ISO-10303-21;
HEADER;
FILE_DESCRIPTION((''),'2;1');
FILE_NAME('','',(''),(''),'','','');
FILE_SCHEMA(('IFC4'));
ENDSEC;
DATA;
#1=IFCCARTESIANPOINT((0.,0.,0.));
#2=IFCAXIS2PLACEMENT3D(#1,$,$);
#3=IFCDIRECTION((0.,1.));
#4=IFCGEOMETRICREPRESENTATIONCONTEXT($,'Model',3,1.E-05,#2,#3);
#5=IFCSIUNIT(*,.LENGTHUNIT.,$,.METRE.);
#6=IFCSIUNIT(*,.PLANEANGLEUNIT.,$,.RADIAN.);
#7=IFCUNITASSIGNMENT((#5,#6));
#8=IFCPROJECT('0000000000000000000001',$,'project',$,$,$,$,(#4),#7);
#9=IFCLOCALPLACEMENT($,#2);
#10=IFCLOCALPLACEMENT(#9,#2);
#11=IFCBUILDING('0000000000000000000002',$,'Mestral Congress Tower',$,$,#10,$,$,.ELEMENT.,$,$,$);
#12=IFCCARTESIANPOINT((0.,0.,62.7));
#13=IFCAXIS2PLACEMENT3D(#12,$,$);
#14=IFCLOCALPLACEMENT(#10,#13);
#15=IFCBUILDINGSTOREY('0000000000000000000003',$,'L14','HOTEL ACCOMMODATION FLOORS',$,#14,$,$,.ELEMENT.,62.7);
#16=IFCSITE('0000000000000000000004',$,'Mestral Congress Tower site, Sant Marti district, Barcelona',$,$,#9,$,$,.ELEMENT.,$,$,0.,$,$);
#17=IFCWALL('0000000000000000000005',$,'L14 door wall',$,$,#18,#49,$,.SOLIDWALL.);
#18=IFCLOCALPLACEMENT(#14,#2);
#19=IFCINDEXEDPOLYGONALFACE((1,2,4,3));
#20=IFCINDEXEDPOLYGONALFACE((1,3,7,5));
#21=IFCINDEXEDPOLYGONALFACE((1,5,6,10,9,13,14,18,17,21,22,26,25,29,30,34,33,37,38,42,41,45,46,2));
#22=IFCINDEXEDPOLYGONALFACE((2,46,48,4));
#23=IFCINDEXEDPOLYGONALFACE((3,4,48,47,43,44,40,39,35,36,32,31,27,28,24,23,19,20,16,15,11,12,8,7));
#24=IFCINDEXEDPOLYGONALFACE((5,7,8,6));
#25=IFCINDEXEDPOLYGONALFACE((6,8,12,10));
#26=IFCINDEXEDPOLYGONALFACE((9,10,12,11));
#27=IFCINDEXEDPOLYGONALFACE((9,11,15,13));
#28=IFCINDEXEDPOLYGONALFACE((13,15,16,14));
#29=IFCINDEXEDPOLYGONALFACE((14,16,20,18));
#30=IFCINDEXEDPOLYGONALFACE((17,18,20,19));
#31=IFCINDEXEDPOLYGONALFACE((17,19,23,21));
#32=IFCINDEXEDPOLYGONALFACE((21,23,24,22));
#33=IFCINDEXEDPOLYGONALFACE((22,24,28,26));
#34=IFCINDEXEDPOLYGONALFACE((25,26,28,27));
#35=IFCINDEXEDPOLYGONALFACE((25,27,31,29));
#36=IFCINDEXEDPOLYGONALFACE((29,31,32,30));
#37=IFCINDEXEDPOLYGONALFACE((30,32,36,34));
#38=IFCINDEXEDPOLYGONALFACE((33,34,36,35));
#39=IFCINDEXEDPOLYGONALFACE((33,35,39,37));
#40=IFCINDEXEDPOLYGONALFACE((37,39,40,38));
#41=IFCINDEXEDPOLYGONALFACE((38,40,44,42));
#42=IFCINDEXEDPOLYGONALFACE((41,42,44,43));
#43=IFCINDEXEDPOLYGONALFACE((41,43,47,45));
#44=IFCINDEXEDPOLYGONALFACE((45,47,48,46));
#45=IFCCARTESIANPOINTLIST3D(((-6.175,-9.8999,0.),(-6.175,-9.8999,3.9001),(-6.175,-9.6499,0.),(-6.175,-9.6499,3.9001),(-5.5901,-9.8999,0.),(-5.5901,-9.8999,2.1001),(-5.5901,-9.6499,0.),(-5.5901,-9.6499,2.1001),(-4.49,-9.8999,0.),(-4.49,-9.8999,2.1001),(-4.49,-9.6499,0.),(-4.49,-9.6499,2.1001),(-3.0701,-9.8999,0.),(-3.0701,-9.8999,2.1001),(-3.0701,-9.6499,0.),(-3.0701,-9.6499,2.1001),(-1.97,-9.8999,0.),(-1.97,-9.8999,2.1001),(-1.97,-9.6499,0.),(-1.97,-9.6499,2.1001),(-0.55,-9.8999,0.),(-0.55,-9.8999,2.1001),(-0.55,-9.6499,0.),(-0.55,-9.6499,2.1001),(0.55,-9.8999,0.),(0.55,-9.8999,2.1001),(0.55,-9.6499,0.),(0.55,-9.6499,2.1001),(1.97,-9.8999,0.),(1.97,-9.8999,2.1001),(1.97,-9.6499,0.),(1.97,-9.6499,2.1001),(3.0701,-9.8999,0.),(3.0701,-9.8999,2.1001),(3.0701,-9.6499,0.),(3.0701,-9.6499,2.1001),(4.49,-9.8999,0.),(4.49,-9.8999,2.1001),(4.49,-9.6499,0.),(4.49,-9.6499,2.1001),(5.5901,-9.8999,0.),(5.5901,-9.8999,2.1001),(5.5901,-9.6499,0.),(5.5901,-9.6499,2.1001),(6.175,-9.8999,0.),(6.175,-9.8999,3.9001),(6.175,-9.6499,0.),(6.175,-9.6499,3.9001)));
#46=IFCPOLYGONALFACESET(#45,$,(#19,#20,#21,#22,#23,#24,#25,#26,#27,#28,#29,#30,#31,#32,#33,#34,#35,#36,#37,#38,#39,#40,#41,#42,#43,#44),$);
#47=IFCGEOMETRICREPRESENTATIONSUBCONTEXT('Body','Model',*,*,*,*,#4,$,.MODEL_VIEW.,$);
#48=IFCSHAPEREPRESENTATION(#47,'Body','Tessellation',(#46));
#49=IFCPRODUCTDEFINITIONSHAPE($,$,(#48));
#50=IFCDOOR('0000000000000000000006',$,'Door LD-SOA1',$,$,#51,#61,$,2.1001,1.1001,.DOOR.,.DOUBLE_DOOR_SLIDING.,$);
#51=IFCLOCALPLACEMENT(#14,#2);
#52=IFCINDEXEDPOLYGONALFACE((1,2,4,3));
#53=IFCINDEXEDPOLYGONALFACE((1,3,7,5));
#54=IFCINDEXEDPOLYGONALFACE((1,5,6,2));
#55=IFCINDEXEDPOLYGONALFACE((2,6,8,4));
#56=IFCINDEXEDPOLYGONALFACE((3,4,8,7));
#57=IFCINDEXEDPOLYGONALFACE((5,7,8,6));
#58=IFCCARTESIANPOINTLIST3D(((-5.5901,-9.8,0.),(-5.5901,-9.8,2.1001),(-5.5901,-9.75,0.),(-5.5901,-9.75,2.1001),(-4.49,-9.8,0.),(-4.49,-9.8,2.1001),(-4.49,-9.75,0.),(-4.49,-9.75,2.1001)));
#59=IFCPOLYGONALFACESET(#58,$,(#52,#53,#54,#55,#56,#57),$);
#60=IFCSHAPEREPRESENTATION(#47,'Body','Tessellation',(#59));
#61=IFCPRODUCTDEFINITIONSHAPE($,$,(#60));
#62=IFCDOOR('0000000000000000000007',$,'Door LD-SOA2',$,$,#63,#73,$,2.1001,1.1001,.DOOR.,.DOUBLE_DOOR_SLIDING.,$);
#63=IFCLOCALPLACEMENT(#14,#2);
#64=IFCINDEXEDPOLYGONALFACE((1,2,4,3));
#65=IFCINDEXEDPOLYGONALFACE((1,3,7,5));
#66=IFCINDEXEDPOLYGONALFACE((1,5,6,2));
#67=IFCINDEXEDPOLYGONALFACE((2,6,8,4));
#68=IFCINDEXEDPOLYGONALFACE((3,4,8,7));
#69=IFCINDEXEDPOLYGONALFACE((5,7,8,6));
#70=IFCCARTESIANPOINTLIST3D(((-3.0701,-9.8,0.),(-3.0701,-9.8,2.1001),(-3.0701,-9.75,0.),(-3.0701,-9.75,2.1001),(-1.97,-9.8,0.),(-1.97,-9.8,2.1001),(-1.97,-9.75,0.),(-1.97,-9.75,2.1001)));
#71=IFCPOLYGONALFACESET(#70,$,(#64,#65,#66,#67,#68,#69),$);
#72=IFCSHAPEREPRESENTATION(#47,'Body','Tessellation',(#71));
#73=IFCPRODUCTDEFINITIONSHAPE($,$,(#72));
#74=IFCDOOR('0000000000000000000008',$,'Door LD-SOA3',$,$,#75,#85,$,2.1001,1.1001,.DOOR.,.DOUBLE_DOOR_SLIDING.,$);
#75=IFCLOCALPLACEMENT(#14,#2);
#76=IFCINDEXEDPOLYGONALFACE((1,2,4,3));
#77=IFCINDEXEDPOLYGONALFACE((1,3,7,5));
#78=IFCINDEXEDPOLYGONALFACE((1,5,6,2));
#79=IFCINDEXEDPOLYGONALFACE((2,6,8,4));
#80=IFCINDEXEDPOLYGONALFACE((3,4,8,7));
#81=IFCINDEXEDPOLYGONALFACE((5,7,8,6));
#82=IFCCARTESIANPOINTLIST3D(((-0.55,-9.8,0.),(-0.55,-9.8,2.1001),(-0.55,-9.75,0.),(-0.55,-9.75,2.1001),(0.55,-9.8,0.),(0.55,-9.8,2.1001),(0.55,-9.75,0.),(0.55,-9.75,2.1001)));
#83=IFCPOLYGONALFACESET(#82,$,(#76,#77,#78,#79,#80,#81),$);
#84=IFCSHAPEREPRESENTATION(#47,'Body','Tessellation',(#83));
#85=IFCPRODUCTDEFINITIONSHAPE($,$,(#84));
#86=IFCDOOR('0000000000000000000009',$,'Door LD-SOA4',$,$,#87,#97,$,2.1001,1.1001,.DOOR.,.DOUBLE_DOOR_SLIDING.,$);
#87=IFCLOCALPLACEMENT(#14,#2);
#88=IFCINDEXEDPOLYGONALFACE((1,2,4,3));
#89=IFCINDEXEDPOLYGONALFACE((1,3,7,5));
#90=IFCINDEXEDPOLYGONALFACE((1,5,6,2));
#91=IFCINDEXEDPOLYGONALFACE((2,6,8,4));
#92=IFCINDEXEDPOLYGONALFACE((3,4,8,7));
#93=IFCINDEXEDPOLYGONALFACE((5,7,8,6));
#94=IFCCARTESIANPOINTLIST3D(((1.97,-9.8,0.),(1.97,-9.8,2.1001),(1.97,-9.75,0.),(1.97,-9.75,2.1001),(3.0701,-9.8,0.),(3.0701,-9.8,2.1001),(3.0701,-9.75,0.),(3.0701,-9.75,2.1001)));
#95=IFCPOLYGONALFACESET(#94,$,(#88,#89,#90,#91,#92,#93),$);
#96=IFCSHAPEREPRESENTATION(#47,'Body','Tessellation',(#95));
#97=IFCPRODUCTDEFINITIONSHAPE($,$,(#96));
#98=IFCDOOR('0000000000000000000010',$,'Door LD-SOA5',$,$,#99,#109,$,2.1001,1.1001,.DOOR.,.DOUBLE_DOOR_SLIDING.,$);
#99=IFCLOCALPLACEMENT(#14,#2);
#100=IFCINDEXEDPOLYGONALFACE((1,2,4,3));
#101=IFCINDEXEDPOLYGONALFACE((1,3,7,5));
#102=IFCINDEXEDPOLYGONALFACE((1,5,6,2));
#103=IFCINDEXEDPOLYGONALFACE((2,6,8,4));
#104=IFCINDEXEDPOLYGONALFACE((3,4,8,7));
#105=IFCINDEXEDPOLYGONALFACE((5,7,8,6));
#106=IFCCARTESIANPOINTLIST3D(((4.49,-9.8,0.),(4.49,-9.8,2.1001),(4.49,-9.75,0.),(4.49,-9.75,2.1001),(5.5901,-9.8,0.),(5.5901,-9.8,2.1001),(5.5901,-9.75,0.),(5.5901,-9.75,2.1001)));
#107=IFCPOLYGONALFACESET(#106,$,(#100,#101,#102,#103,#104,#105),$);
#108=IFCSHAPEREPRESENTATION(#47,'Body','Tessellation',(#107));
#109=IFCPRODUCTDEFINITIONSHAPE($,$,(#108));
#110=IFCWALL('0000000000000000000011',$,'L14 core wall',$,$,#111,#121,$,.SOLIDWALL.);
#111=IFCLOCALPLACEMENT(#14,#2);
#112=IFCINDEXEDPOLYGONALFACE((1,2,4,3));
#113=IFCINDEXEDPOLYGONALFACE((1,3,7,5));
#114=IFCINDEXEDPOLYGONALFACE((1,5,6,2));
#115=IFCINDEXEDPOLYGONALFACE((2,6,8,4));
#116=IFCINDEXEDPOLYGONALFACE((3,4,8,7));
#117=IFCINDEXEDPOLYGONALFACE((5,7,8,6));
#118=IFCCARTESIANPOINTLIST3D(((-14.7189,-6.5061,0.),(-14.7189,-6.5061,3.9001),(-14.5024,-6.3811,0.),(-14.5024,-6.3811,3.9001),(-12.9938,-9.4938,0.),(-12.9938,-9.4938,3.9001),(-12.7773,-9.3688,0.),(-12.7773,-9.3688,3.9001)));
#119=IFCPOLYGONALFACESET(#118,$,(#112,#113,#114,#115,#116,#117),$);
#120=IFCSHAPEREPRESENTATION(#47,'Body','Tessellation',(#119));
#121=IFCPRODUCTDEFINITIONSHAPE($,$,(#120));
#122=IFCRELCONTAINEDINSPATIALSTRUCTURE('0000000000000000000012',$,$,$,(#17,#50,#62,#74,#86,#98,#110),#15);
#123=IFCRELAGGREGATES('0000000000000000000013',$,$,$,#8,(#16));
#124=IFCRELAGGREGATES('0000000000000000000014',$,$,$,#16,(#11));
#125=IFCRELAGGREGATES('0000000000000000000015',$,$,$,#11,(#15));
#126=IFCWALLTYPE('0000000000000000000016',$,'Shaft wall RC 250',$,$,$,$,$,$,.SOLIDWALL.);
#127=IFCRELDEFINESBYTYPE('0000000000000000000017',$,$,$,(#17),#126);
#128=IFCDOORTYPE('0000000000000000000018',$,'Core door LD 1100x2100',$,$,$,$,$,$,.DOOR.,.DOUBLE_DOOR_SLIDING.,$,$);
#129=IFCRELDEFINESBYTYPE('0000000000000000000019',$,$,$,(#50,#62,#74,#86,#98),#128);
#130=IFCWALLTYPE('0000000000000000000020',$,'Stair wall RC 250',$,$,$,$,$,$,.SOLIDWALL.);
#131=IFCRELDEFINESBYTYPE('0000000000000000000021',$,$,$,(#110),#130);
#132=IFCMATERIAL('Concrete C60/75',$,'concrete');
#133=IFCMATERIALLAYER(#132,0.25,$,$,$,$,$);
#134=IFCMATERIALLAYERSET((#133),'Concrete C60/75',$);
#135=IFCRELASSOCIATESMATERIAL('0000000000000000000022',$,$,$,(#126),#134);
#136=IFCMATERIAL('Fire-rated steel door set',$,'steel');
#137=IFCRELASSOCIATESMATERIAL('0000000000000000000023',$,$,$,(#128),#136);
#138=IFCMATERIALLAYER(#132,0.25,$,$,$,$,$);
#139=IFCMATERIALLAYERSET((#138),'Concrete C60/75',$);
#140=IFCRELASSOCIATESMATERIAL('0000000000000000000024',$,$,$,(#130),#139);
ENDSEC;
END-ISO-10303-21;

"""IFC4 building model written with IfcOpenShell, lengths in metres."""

from ifc_helpers import new_model, si_unit, direction, frame, frame_2d, origin, place, context, subcontext, project, spatial, rectangle, extrude, material, layer, layer_set, type_object, element, fill, save


model = new_model("IFC4")

# Units and contexts
model_context = context("Model", 3, precision=1e-05, world=origin(), true_north=direction((0.0, 1.0)))
body_context = subcontext(model_context, "Body", "Model", "MODEL_VIEW")
ifc_project = project(units=[si_unit("LENGTHUNIT", "METRE"), si_unit("PLANEANGLEUNIT", "RADIAN")], contexts=[model_context])

# Site, building, storey
site_placement = place(None, origin())
site = spatial("IfcSite", under=ifc_project, at=site_placement, Name="Mestral Congress Tower site, Sant Marti district, Barcelona", CompositionType="ELEMENT", RefElevation=0.0)
building_placement = place(site_placement, origin())
building = spatial("IfcBuilding", under=site, at=building_placement, Name="Mestral Congress Tower", CompositionType="ELEMENT")
storey_placement = place(building_placement, frame((0.0, 0.0, 62.7)))
storey = spatial("IfcBuildingStorey", under=building, at=storey_placement, Name="L14", Description="HOTEL ACCOMMODATION FLOORS", CompositionType="ELEMENT", Elevation=62.7)

# Shared definitions
ifc_material_1 = material(Name="Concrete C60/75", Category="concrete")

# Shared definitions
ifc_layer_1 = layer(ifc_material_1, 0.25)
ifc_layer_set_1 = layer_set([ifc_layer_1], Name="Concrete C60/75")
wall_type_1 = type_object("IfcWallType", Name="Shaft wall RC 250", PredefinedType="SOLIDWALL", material=ifc_layer_set_1)

# Wall, openings, doors
wall_1_placement = place(storey_placement, frame((-6.175, -9.7749, 0.0), z_axis=(0.0, 0.0, 1.0), x_axis=(1.0, 0.0, 0.0)))
wall_1 = element("IfcWall", 1, at=wall_1_placement, inside=storey, type_object=wall_type_1, Name="L14 door wall", PredefinedType="SOLIDWALL", context=body_context, shape_type="SweptSolid", body=[
    extrude(rectangle(XDim=12.3501, YDim=0.25, at=frame_2d((6.175, 0.0))), origin(), (0.0, 0.0, 1.0), 3.9001),
])
opening_1_placement = place(wall_1_placement, frame((0.585, 0.0, 0.0)))
opening_1 = element("IfcOpeningElement", 2, at=opening_1_placement, cuts=wall_1, PredefinedType="OPENING", context=body_context, shape_type="SweptSolid", body=[
    extrude(rectangle(XDim=1.1001, YDim=2.1001, at=frame_2d((0.55, 1.05))), frame((0.0, 0.135, 0.0), z_axis=(0.0, -1.0, 0.0), x_axis=(1.0, 0.0, 0.0)), (0.0, 0.0, 1.0), 0.27),
])
opening_2_placement = place(wall_1_placement, frame((3.105, 0.0, 0.0)))
opening_2 = element("IfcOpeningElement", 3, at=opening_2_placement, cuts=wall_1, PredefinedType="OPENING", context=body_context, shape_type="SweptSolid", body=[
    extrude(rectangle(XDim=1.1001, YDim=2.1001, at=frame_2d((0.55, 1.05))), frame((0.0, 0.135, 0.0), z_axis=(0.0, -1.0, 0.0), x_axis=(1.0, 0.0, 0.0)), (0.0, 0.0, 1.0), 0.27),
])
opening_3_placement = place(wall_1_placement, frame((5.625, 0.0, 0.0)))
opening_3 = element("IfcOpeningElement", 4, at=opening_3_placement, cuts=wall_1, PredefinedType="OPENING", context=body_context, shape_type="SweptSolid", body=[
    extrude(rectangle(XDim=1.1001, YDim=2.1001, at=frame_2d((0.55, 1.05))), frame((0.0, 0.135, 0.0), z_axis=(0.0, -1.0, 0.0), x_axis=(1.0, 0.0, 0.0)), (0.0, 0.0, 1.0), 0.27),
])
opening_4_placement = place(wall_1_placement, frame((8.145, 0.0, 0.0)))
opening_4 = element("IfcOpeningElement", 5, at=opening_4_placement, cuts=wall_1, PredefinedType="OPENING", context=body_context, shape_type="SweptSolid", body=[
    extrude(rectangle(XDim=1.1001, YDim=2.1001, at=frame_2d((0.55, 1.05))), frame((0.0, 0.135, 0.0), z_axis=(0.0, -1.0, 0.0), x_axis=(1.0, 0.0, 0.0)), (0.0, 0.0, 1.0), 0.27),
])
opening_5_placement = place(wall_1_placement, frame((10.665, 0.0, 0.0)))
opening_5 = element("IfcOpeningElement", 6, at=opening_5_placement, cuts=wall_1, PredefinedType="OPENING", context=body_context, shape_type="SweptSolid", body=[
    extrude(rectangle(XDim=1.1001, YDim=2.1001, at=frame_2d((0.55, 1.05))), frame((0.0, 0.135, 0.0), z_axis=(0.0, -1.0, 0.0), x_axis=(1.0, 0.0, 0.0)), (0.0, 0.0, 1.0), 0.27),
])
ifc_material_2 = material(Name="Fire-rated steel door set", Category="steel")
door_type_1 = type_object("IfcDoorType", Name="Core door LD 1100x2100", OperationType="DOUBLE_DOOR_SLIDING", PredefinedType="DOOR", material=ifc_material_2)
door_1_placement = place(opening_1_placement, origin())
door_1 = element("IfcDoor", 7, at=door_1_placement, inside=storey, type_object=door_type_1, Name="Door LD-SOA1", OperationType="DOUBLE_DOOR_SLIDING", OverallHeight=2.1001, OverallWidth=1.1001, PredefinedType="DOOR", context=body_context, shape_type="SweptSolid", body=[
    extrude(rectangle(XDim=1.1001, YDim=2.1001, at=frame_2d((0.55, 1.05))), frame((0.0, 0.0249, 0.0), z_axis=(0.0, -1.0, 0.0), x_axis=(1.0, 0.0, 0.0)), (0.0, 0.0, 1.0), 0.05),
])
fill(opening_1, door_1)
door_2_placement = place(opening_2_placement, origin())
door_2 = element("IfcDoor", 8, at=door_2_placement, inside=storey, type_object=door_type_1, Name="Door LD-SOA2", OperationType="DOUBLE_DOOR_SLIDING", OverallHeight=2.1001, OverallWidth=1.1001, PredefinedType="DOOR", context=body_context, shape_type="SweptSolid", body=[
    extrude(rectangle(XDim=1.1001, YDim=2.1001, at=frame_2d((0.55, 1.05))), frame((0.0, 0.0249, 0.0), z_axis=(0.0, -1.0, 0.0), x_axis=(1.0, 0.0, 0.0)), (0.0, 0.0, 1.0), 0.05),
])
fill(opening_2, door_2)
door_3_placement = place(opening_3_placement, origin())
door_3 = element("IfcDoor", 9, at=door_3_placement, inside=storey, type_object=door_type_1, Name="Door LD-SOA3", OperationType="DOUBLE_DOOR_SLIDING", OverallHeight=2.1001, OverallWidth=1.1001, PredefinedType="DOOR", context=body_context, shape_type="SweptSolid", body=[
    extrude(rectangle(XDim=1.1001, YDim=2.1001, at=frame_2d((0.55, 1.05))), frame((0.0, 0.0249, 0.0), z_axis=(0.0, -1.0, 0.0), x_axis=(1.0, 0.0, 0.0)), (0.0, 0.0, 1.0), 0.05),
])
fill(opening_3, door_3)
door_4_placement = place(opening_4_placement, origin())
door_4 = element("IfcDoor", 10, at=door_4_placement, inside=storey, type_object=door_type_1, Name="Door LD-SOA4", OperationType="DOUBLE_DOOR_SLIDING", OverallHeight=2.1001, OverallWidth=1.1001, PredefinedType="DOOR", context=body_context, shape_type="SweptSolid", body=[
    extrude(rectangle(XDim=1.1001, YDim=2.1001, at=frame_2d((0.55, 1.05))), frame((0.0, 0.0249, 0.0), z_axis=(0.0, -1.0, 0.0), x_axis=(1.0, 0.0, 0.0)), (0.0, 0.0, 1.0), 0.05),
])
fill(opening_4, door_4)
door_5_placement = place(opening_5_placement, origin())
door_5 = element("IfcDoor", 11, at=door_5_placement, inside=storey, type_object=door_type_1, Name="Door LD-SOA5", OperationType="DOUBLE_DOOR_SLIDING", OverallHeight=2.1001, OverallWidth=1.1001, PredefinedType="DOOR", context=body_context, shape_type="SweptSolid", body=[
    extrude(rectangle(XDim=1.1001, YDim=2.1001, at=frame_2d((0.55, 1.05))), frame((0.0, 0.0249, 0.0), z_axis=(0.0, -1.0, 0.0), x_axis=(1.0, 0.0, 0.0)), (0.0, 0.0, 1.0), 0.05),
])
fill(opening_5, door_5)

# Wall
ifc_layer_2 = layer(ifc_material_1, 0.25)
ifc_layer_set_2 = layer_set([ifc_layer_2], Name="Concrete C60/75")
wall_type_2 = type_object("IfcWallType", Name="Stair wall RC 250", PredefinedType="SOLIDWALL", material=ifc_layer_set_2)
wall_2_placement = place(storey_placement, frame((-12.8855, -9.4314, 0.0), z_axis=(0.0, 0.0, 1.0), x_axis=(-0.500021, 0.866014, 0.0)))
element("IfcWall", 12, at=wall_2_placement, inside=storey, type_object=wall_type_2, Name="L14 core wall", PredefinedType="SOLIDWALL", context=body_context, shape_type="SweptSolid", body=[
    extrude(rectangle(XDim=3.45, YDim=0.25, at=frame_2d((1.7251, 0.0))), origin(), (0.0, 0.0, 1.0), 3.9001),
])

save(model, "model.ifc")
